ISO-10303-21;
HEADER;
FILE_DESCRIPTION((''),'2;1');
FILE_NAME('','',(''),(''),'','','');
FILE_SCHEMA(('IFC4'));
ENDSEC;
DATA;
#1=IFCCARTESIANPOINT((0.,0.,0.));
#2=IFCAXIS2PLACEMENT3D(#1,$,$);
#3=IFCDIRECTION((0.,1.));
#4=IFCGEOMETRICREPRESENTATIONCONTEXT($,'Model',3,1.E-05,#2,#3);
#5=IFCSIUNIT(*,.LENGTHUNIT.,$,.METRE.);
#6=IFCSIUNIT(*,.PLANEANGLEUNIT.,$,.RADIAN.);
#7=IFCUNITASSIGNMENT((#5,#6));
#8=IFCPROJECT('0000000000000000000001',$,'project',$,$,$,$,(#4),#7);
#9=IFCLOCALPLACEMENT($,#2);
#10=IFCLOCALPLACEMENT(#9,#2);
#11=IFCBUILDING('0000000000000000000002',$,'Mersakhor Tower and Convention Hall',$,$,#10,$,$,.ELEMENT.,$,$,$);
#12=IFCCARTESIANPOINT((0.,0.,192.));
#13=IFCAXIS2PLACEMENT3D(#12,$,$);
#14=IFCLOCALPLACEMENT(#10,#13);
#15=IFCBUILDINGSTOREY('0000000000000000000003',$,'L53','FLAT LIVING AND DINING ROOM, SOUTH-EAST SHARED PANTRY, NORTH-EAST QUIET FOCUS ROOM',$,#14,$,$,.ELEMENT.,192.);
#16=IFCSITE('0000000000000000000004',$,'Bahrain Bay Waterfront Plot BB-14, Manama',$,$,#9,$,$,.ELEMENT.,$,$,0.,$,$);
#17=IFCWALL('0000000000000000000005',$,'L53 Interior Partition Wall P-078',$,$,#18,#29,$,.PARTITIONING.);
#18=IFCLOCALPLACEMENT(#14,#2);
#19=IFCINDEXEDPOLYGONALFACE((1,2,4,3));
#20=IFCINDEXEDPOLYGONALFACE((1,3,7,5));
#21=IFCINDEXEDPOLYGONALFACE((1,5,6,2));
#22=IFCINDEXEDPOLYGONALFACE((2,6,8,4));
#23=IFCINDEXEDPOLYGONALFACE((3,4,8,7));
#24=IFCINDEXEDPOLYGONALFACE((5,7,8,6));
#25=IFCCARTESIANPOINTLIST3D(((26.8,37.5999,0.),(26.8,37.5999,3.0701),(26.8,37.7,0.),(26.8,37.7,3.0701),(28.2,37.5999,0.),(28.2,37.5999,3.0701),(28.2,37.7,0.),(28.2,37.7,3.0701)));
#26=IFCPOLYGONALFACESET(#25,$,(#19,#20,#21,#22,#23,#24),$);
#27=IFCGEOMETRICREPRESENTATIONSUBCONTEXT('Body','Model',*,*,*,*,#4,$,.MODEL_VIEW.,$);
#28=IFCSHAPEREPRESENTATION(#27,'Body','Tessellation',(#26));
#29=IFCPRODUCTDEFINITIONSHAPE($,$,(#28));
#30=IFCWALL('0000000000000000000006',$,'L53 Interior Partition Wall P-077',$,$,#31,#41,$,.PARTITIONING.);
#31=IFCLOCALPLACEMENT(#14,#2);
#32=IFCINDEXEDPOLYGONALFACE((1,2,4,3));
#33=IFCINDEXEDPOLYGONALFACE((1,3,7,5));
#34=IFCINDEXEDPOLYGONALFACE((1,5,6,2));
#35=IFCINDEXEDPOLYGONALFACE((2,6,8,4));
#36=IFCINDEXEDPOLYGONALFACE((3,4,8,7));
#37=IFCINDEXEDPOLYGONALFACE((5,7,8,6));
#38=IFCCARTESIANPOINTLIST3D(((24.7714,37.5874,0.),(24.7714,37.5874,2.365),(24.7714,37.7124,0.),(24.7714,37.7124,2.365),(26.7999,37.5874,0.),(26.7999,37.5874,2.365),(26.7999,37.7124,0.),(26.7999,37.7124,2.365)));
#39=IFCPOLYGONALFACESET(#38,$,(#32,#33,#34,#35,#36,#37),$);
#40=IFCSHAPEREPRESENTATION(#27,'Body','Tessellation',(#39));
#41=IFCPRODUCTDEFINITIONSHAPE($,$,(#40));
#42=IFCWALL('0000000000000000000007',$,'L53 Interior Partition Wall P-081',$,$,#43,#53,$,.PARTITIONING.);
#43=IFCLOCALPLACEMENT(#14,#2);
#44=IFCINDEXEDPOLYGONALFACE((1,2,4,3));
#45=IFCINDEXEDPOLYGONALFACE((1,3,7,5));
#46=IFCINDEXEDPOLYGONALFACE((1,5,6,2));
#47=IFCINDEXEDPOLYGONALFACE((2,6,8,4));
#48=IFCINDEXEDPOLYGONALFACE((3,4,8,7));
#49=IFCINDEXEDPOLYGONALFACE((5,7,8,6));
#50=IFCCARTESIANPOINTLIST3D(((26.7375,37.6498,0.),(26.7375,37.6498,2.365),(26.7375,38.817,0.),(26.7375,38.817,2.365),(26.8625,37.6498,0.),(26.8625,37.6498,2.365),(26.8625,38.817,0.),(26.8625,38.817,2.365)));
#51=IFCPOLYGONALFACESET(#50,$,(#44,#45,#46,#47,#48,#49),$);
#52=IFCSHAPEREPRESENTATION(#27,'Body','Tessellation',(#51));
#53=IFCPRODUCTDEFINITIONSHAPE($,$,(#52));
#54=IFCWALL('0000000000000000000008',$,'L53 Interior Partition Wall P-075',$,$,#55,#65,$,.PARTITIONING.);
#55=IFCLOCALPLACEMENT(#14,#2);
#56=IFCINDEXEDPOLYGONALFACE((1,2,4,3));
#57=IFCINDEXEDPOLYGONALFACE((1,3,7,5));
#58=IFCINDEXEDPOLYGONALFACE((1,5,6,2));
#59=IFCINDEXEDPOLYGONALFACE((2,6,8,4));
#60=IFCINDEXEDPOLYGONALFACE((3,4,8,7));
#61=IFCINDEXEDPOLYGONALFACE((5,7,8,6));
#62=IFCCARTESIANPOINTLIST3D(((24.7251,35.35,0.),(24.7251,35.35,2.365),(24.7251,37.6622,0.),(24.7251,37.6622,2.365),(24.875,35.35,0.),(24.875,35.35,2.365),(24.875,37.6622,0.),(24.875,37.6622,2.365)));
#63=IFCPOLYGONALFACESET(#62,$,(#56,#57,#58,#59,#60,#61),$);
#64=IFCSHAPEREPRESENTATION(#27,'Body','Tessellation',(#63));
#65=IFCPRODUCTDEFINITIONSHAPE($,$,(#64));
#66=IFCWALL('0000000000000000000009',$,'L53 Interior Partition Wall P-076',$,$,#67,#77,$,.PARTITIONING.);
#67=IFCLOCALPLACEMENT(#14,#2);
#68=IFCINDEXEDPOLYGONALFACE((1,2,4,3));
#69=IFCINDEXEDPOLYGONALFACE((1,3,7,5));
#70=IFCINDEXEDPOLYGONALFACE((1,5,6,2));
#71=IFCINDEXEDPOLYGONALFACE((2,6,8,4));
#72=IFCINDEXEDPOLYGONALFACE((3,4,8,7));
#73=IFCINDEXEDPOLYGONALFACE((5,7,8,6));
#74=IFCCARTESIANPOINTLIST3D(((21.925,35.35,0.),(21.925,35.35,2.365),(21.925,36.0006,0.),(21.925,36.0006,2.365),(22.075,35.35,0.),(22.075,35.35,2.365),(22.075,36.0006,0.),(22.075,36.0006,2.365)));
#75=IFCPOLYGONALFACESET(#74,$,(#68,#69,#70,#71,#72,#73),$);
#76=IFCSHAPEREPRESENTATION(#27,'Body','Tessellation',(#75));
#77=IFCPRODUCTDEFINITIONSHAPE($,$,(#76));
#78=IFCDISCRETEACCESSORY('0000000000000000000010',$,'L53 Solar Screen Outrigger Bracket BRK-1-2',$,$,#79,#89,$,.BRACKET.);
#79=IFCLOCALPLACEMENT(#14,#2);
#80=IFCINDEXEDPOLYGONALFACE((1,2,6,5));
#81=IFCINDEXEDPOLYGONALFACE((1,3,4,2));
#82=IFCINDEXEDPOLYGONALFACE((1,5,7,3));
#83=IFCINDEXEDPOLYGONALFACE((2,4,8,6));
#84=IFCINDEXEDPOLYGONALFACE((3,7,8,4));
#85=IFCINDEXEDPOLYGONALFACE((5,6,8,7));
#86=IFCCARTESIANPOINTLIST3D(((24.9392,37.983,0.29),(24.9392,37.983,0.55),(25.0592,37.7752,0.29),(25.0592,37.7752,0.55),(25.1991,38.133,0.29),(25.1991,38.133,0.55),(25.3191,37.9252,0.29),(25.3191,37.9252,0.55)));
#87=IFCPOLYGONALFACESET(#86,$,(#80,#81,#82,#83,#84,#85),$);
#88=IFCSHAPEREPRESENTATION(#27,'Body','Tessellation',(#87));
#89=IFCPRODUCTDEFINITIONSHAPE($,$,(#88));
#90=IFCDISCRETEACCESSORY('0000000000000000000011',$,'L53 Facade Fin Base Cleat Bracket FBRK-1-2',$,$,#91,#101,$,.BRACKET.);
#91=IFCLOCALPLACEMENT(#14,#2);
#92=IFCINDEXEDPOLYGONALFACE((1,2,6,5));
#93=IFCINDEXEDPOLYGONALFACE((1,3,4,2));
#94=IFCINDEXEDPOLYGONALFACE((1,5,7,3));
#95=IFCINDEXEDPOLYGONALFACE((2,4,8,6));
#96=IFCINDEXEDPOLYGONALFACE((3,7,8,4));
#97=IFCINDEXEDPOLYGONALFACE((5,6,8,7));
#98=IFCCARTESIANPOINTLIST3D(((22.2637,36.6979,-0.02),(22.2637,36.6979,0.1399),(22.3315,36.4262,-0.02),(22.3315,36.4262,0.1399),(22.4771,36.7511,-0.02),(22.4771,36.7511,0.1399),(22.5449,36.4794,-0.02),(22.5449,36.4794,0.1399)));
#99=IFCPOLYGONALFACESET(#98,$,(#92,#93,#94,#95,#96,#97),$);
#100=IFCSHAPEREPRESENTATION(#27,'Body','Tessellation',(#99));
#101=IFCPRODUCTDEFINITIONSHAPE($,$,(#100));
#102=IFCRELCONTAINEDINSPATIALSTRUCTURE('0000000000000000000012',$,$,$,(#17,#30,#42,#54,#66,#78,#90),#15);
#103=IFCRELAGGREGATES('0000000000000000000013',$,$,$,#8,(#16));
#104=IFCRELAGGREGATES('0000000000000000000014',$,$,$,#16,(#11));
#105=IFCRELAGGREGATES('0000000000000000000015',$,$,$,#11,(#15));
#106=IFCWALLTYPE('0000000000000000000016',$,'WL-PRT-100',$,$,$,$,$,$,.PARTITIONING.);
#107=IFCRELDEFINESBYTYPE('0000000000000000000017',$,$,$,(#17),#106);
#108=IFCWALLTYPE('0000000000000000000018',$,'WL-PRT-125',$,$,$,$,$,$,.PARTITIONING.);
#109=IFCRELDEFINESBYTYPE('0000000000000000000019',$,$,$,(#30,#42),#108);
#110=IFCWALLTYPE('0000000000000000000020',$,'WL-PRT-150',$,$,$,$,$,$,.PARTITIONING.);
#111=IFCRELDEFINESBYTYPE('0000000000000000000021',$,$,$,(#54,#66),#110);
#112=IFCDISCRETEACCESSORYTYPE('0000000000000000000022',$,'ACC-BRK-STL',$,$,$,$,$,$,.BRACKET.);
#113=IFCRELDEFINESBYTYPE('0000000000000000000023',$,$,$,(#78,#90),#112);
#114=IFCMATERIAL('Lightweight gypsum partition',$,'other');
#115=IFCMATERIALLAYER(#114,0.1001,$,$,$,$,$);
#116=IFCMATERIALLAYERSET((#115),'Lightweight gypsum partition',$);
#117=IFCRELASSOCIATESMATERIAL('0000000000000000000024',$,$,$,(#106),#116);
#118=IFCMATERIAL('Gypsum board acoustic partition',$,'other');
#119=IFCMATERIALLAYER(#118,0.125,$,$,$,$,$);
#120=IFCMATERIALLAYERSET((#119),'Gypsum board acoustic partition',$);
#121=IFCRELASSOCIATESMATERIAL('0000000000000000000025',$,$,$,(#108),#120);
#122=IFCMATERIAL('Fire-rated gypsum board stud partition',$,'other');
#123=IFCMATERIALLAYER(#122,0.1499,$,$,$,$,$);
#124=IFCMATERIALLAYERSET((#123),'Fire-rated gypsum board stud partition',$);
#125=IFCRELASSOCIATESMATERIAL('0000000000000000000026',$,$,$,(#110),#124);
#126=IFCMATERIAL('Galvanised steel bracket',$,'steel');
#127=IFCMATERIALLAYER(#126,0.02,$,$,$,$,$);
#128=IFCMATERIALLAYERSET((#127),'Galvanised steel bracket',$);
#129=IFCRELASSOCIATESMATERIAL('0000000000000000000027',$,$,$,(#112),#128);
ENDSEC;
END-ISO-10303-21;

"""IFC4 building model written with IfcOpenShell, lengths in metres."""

from ifc_helpers import new_model, si_unit, direction, frame, frame_2d, origin, origin_2d, place, context, subcontext, project, spatial, rectangle, extrude, material, layer, layer_set, type_object, element, save


model = new_model("IFC4")

# Units and contexts
model_context = context("Model", 3, precision=1e-05, world=origin(), true_north=direction((0.0, 1.0)))
body_context = subcontext(model_context, "Body", "Model", "MODEL_VIEW")
ifc_project = project(units=[si_unit("LENGTHUNIT", "METRE"), si_unit("PLANEANGLEUNIT", "RADIAN")], contexts=[model_context])

# Site, building, storey
site_placement = place(None, origin())
site = spatial("IfcSite", under=ifc_project, at=site_placement, Name="Bahrain Bay Waterfront Plot BB-14, Manama", CompositionType="ELEMENT", RefElevation=0.0)
building_placement = place(site_placement, origin())
building = spatial("IfcBuilding", under=site, at=building_placement, Name="Mersakhor Tower and Convention Hall", CompositionType="ELEMENT")
storey_placement = place(building_placement, frame((0.0, 0.0, 192.0)))
storey = spatial("IfcBuildingStorey", under=building, at=storey_placement, Name="L53", Description="FLAT LIVING AND DINING ROOM, SOUTH-EAST SHARED PANTRY, NORTH-EAST QUIET FOCUS ROOM", CompositionType="ELEMENT", Elevation=192.0)

# Walls
ifc_material_1 = material(Name="Lightweight gypsum partition", Category="other")
ifc_layer_1 = layer(ifc_material_1, 0.1001)
ifc_layer_set_1 = layer_set([ifc_layer_1], Name="Lightweight gypsum partition")
wall_type_1 = type_object("IfcWallType", Name="WL-PRT-100", PredefinedType="PARTITIONING", material=ifc_layer_set_1)
wall_1_placement = place(storey_placement, frame((26.8, 37.6499, 0.0), z_axis=(0.0, 0.0, 1.0), x_axis=(1.0, 0.0, 0.0)))
element("IfcWall", 1, at=wall_1_placement, inside=storey, type_object=wall_type_1, Name="L53 Interior Partition Wall P-078", PredefinedType="PARTITIONING", context=body_context, shape_type="SweptSolid", body=[
    extrude(rectangle(XDim=1.3999, YDim=0.1001, at=frame_2d((0.7, 0.0))), origin(), (0.0, 0.0, 1.0), 3.0701),
])
ifc_material_2 = material(Name="Gypsum board acoustic partition", Category="other")
ifc_layer_2 = layer(ifc_material_2, 0.125)
ifc_layer_set_2 = layer_set([ifc_layer_2], Name="Gypsum board acoustic partition")
wall_type_2 = type_object("IfcWallType", Name="WL-PRT-125", PredefinedType="PARTITIONING", material=ifc_layer_set_2)
wall_2_placement = place(storey_placement, frame((24.7715, 37.6499, 0.0), z_axis=(0.0, 0.0, 1.0), x_axis=(1.0, 0.0, 0.0)))
element("IfcWall", 2, at=wall_2_placement, inside=storey, type_object=wall_type_2, Name="L53 Interior Partition Wall P-077", PredefinedType="PARTITIONING", context=body_context, shape_type="SweptSolid", body=[
    extrude(rectangle(XDim=2.0286, YDim=0.125, at=frame_2d((1.0142, 0.0))), origin(), (0.0, 0.0, 1.0), 2.365),
])
wall_3_placement = place(storey_placement, frame((26.8, 37.6499, 0.0), z_axis=(0.0, 0.0, 1.0), x_axis=(0.0, 1.0, 0.0)))
element("IfcWall", 3, at=wall_3_placement, inside=storey, type_object=wall_type_2, Name="L53 Interior Partition Wall P-081", PredefinedType="PARTITIONING", context=body_context, shape_type="SweptSolid", body=[
    extrude(rectangle(XDim=1.1672, YDim=0.125, at=frame_2d((0.5835, 0.0))), origin(), (0.0, 0.0, 1.0), 2.365),
])

# Shared definitions
ifc_material_3 = material(Name="Fire-rated gypsum board stud partition", Category="other")
ifc_layer_3 = layer(ifc_material_3, 0.1499)
ifc_layer_set_3 = layer_set([ifc_layer_3], Name="Fire-rated gypsum board stud partition")
wall_type_3 = type_object("IfcWallType", Name="WL-PRT-150", PredefinedType="PARTITIONING", material=ifc_layer_set_3)

# Walls
wall_4_placement = place(storey_placement, frame((24.8, 37.6624, 0.0), z_axis=(0.0, 0.0, 1.0), x_axis=(0.0, -1.0, 0.0)))
element("IfcWall", 4, at=wall_4_placement, inside=storey, type_object=wall_type_3, Name="L53 Interior Partition Wall P-075", PredefinedType="PARTITIONING", context=body_context, shape_type="SweptSolid", body=[
    extrude(rectangle(XDim=2.3123, YDim=0.1499, at=frame_2d((1.1562, 0.0))), origin(), (0.0, 0.0, 1.0), 2.365),
])
wall_5_placement = place(storey_placement, frame((22.0, 35.3501, 0.0), z_axis=(0.0, 0.0, 1.0), x_axis=(0.0, 1.0, 0.0)))
element("IfcWall", 5, at=wall_5_placement, inside=storey, type_object=wall_type_3, Name="L53 Interior Partition Wall P-076", PredefinedType="PARTITIONING", context=body_context, shape_type="SweptSolid", body=[
    extrude(rectangle(XDim=0.6506, YDim=0.1499, at=frame_2d((0.3252, 0.0))), origin(), (0.0, 0.0, 1.0), 2.365),
])

# Discrete accessories
ifc_material_4 = material(Name="Galvanised steel bracket", Category="steel")
ifc_layer_4 = layer(ifc_material_4, 0.02)
ifc_layer_set_4 = layer_set([ifc_layer_4], Name="Galvanised steel bracket")
discrete_accessory_type = type_object("IfcDiscreteAccessoryType", Name="ACC-BRK-STL", PredefinedType="BRACKET", material=ifc_layer_set_4)
discrete_accessory_1_placement = place(storey_placement, frame((25.1292, 37.9541, 0.29), z_axis=(0.0, 0.0, 1.0), x_axis=(0.866025, 0.5, 0.0)))
element("IfcDiscreteAccessory", 6, at=discrete_accessory_1_placement, inside=storey, type_object=discrete_accessory_type, Name="L53 Solar Screen Outrigger Bracket BRK-1-2", PredefinedType="BRACKET", context=body_context, shape_type="SweptSolid", body=[
    extrude(rectangle(XDim=0.3, YDim=0.24, at=origin_2d()), origin(), (0.0, 0.0, 1.0), 0.26),
])
discrete_accessory_2_placement = place(storey_placement, frame((22.4043, 36.5886, -0.02), z_axis=(0.0, 0.0, 1.0), x_axis=(-0.241922, 0.970296, 0.0)))
element("IfcDiscreteAccessory", 7, at=discrete_accessory_2_placement, inside=storey, type_object=discrete_accessory_type, Name="L53 Facade Fin Base Cleat Bracket FBRK-1-2", PredefinedType="BRACKET", context=body_context, shape_type="SweptSolid", body=[
    extrude(rectangle(XDim=0.28, YDim=0.22, at=origin_2d()), origin(), (0.0, 0.0, 1.0), 0.1599),
])

save(model, "model.ifc")
